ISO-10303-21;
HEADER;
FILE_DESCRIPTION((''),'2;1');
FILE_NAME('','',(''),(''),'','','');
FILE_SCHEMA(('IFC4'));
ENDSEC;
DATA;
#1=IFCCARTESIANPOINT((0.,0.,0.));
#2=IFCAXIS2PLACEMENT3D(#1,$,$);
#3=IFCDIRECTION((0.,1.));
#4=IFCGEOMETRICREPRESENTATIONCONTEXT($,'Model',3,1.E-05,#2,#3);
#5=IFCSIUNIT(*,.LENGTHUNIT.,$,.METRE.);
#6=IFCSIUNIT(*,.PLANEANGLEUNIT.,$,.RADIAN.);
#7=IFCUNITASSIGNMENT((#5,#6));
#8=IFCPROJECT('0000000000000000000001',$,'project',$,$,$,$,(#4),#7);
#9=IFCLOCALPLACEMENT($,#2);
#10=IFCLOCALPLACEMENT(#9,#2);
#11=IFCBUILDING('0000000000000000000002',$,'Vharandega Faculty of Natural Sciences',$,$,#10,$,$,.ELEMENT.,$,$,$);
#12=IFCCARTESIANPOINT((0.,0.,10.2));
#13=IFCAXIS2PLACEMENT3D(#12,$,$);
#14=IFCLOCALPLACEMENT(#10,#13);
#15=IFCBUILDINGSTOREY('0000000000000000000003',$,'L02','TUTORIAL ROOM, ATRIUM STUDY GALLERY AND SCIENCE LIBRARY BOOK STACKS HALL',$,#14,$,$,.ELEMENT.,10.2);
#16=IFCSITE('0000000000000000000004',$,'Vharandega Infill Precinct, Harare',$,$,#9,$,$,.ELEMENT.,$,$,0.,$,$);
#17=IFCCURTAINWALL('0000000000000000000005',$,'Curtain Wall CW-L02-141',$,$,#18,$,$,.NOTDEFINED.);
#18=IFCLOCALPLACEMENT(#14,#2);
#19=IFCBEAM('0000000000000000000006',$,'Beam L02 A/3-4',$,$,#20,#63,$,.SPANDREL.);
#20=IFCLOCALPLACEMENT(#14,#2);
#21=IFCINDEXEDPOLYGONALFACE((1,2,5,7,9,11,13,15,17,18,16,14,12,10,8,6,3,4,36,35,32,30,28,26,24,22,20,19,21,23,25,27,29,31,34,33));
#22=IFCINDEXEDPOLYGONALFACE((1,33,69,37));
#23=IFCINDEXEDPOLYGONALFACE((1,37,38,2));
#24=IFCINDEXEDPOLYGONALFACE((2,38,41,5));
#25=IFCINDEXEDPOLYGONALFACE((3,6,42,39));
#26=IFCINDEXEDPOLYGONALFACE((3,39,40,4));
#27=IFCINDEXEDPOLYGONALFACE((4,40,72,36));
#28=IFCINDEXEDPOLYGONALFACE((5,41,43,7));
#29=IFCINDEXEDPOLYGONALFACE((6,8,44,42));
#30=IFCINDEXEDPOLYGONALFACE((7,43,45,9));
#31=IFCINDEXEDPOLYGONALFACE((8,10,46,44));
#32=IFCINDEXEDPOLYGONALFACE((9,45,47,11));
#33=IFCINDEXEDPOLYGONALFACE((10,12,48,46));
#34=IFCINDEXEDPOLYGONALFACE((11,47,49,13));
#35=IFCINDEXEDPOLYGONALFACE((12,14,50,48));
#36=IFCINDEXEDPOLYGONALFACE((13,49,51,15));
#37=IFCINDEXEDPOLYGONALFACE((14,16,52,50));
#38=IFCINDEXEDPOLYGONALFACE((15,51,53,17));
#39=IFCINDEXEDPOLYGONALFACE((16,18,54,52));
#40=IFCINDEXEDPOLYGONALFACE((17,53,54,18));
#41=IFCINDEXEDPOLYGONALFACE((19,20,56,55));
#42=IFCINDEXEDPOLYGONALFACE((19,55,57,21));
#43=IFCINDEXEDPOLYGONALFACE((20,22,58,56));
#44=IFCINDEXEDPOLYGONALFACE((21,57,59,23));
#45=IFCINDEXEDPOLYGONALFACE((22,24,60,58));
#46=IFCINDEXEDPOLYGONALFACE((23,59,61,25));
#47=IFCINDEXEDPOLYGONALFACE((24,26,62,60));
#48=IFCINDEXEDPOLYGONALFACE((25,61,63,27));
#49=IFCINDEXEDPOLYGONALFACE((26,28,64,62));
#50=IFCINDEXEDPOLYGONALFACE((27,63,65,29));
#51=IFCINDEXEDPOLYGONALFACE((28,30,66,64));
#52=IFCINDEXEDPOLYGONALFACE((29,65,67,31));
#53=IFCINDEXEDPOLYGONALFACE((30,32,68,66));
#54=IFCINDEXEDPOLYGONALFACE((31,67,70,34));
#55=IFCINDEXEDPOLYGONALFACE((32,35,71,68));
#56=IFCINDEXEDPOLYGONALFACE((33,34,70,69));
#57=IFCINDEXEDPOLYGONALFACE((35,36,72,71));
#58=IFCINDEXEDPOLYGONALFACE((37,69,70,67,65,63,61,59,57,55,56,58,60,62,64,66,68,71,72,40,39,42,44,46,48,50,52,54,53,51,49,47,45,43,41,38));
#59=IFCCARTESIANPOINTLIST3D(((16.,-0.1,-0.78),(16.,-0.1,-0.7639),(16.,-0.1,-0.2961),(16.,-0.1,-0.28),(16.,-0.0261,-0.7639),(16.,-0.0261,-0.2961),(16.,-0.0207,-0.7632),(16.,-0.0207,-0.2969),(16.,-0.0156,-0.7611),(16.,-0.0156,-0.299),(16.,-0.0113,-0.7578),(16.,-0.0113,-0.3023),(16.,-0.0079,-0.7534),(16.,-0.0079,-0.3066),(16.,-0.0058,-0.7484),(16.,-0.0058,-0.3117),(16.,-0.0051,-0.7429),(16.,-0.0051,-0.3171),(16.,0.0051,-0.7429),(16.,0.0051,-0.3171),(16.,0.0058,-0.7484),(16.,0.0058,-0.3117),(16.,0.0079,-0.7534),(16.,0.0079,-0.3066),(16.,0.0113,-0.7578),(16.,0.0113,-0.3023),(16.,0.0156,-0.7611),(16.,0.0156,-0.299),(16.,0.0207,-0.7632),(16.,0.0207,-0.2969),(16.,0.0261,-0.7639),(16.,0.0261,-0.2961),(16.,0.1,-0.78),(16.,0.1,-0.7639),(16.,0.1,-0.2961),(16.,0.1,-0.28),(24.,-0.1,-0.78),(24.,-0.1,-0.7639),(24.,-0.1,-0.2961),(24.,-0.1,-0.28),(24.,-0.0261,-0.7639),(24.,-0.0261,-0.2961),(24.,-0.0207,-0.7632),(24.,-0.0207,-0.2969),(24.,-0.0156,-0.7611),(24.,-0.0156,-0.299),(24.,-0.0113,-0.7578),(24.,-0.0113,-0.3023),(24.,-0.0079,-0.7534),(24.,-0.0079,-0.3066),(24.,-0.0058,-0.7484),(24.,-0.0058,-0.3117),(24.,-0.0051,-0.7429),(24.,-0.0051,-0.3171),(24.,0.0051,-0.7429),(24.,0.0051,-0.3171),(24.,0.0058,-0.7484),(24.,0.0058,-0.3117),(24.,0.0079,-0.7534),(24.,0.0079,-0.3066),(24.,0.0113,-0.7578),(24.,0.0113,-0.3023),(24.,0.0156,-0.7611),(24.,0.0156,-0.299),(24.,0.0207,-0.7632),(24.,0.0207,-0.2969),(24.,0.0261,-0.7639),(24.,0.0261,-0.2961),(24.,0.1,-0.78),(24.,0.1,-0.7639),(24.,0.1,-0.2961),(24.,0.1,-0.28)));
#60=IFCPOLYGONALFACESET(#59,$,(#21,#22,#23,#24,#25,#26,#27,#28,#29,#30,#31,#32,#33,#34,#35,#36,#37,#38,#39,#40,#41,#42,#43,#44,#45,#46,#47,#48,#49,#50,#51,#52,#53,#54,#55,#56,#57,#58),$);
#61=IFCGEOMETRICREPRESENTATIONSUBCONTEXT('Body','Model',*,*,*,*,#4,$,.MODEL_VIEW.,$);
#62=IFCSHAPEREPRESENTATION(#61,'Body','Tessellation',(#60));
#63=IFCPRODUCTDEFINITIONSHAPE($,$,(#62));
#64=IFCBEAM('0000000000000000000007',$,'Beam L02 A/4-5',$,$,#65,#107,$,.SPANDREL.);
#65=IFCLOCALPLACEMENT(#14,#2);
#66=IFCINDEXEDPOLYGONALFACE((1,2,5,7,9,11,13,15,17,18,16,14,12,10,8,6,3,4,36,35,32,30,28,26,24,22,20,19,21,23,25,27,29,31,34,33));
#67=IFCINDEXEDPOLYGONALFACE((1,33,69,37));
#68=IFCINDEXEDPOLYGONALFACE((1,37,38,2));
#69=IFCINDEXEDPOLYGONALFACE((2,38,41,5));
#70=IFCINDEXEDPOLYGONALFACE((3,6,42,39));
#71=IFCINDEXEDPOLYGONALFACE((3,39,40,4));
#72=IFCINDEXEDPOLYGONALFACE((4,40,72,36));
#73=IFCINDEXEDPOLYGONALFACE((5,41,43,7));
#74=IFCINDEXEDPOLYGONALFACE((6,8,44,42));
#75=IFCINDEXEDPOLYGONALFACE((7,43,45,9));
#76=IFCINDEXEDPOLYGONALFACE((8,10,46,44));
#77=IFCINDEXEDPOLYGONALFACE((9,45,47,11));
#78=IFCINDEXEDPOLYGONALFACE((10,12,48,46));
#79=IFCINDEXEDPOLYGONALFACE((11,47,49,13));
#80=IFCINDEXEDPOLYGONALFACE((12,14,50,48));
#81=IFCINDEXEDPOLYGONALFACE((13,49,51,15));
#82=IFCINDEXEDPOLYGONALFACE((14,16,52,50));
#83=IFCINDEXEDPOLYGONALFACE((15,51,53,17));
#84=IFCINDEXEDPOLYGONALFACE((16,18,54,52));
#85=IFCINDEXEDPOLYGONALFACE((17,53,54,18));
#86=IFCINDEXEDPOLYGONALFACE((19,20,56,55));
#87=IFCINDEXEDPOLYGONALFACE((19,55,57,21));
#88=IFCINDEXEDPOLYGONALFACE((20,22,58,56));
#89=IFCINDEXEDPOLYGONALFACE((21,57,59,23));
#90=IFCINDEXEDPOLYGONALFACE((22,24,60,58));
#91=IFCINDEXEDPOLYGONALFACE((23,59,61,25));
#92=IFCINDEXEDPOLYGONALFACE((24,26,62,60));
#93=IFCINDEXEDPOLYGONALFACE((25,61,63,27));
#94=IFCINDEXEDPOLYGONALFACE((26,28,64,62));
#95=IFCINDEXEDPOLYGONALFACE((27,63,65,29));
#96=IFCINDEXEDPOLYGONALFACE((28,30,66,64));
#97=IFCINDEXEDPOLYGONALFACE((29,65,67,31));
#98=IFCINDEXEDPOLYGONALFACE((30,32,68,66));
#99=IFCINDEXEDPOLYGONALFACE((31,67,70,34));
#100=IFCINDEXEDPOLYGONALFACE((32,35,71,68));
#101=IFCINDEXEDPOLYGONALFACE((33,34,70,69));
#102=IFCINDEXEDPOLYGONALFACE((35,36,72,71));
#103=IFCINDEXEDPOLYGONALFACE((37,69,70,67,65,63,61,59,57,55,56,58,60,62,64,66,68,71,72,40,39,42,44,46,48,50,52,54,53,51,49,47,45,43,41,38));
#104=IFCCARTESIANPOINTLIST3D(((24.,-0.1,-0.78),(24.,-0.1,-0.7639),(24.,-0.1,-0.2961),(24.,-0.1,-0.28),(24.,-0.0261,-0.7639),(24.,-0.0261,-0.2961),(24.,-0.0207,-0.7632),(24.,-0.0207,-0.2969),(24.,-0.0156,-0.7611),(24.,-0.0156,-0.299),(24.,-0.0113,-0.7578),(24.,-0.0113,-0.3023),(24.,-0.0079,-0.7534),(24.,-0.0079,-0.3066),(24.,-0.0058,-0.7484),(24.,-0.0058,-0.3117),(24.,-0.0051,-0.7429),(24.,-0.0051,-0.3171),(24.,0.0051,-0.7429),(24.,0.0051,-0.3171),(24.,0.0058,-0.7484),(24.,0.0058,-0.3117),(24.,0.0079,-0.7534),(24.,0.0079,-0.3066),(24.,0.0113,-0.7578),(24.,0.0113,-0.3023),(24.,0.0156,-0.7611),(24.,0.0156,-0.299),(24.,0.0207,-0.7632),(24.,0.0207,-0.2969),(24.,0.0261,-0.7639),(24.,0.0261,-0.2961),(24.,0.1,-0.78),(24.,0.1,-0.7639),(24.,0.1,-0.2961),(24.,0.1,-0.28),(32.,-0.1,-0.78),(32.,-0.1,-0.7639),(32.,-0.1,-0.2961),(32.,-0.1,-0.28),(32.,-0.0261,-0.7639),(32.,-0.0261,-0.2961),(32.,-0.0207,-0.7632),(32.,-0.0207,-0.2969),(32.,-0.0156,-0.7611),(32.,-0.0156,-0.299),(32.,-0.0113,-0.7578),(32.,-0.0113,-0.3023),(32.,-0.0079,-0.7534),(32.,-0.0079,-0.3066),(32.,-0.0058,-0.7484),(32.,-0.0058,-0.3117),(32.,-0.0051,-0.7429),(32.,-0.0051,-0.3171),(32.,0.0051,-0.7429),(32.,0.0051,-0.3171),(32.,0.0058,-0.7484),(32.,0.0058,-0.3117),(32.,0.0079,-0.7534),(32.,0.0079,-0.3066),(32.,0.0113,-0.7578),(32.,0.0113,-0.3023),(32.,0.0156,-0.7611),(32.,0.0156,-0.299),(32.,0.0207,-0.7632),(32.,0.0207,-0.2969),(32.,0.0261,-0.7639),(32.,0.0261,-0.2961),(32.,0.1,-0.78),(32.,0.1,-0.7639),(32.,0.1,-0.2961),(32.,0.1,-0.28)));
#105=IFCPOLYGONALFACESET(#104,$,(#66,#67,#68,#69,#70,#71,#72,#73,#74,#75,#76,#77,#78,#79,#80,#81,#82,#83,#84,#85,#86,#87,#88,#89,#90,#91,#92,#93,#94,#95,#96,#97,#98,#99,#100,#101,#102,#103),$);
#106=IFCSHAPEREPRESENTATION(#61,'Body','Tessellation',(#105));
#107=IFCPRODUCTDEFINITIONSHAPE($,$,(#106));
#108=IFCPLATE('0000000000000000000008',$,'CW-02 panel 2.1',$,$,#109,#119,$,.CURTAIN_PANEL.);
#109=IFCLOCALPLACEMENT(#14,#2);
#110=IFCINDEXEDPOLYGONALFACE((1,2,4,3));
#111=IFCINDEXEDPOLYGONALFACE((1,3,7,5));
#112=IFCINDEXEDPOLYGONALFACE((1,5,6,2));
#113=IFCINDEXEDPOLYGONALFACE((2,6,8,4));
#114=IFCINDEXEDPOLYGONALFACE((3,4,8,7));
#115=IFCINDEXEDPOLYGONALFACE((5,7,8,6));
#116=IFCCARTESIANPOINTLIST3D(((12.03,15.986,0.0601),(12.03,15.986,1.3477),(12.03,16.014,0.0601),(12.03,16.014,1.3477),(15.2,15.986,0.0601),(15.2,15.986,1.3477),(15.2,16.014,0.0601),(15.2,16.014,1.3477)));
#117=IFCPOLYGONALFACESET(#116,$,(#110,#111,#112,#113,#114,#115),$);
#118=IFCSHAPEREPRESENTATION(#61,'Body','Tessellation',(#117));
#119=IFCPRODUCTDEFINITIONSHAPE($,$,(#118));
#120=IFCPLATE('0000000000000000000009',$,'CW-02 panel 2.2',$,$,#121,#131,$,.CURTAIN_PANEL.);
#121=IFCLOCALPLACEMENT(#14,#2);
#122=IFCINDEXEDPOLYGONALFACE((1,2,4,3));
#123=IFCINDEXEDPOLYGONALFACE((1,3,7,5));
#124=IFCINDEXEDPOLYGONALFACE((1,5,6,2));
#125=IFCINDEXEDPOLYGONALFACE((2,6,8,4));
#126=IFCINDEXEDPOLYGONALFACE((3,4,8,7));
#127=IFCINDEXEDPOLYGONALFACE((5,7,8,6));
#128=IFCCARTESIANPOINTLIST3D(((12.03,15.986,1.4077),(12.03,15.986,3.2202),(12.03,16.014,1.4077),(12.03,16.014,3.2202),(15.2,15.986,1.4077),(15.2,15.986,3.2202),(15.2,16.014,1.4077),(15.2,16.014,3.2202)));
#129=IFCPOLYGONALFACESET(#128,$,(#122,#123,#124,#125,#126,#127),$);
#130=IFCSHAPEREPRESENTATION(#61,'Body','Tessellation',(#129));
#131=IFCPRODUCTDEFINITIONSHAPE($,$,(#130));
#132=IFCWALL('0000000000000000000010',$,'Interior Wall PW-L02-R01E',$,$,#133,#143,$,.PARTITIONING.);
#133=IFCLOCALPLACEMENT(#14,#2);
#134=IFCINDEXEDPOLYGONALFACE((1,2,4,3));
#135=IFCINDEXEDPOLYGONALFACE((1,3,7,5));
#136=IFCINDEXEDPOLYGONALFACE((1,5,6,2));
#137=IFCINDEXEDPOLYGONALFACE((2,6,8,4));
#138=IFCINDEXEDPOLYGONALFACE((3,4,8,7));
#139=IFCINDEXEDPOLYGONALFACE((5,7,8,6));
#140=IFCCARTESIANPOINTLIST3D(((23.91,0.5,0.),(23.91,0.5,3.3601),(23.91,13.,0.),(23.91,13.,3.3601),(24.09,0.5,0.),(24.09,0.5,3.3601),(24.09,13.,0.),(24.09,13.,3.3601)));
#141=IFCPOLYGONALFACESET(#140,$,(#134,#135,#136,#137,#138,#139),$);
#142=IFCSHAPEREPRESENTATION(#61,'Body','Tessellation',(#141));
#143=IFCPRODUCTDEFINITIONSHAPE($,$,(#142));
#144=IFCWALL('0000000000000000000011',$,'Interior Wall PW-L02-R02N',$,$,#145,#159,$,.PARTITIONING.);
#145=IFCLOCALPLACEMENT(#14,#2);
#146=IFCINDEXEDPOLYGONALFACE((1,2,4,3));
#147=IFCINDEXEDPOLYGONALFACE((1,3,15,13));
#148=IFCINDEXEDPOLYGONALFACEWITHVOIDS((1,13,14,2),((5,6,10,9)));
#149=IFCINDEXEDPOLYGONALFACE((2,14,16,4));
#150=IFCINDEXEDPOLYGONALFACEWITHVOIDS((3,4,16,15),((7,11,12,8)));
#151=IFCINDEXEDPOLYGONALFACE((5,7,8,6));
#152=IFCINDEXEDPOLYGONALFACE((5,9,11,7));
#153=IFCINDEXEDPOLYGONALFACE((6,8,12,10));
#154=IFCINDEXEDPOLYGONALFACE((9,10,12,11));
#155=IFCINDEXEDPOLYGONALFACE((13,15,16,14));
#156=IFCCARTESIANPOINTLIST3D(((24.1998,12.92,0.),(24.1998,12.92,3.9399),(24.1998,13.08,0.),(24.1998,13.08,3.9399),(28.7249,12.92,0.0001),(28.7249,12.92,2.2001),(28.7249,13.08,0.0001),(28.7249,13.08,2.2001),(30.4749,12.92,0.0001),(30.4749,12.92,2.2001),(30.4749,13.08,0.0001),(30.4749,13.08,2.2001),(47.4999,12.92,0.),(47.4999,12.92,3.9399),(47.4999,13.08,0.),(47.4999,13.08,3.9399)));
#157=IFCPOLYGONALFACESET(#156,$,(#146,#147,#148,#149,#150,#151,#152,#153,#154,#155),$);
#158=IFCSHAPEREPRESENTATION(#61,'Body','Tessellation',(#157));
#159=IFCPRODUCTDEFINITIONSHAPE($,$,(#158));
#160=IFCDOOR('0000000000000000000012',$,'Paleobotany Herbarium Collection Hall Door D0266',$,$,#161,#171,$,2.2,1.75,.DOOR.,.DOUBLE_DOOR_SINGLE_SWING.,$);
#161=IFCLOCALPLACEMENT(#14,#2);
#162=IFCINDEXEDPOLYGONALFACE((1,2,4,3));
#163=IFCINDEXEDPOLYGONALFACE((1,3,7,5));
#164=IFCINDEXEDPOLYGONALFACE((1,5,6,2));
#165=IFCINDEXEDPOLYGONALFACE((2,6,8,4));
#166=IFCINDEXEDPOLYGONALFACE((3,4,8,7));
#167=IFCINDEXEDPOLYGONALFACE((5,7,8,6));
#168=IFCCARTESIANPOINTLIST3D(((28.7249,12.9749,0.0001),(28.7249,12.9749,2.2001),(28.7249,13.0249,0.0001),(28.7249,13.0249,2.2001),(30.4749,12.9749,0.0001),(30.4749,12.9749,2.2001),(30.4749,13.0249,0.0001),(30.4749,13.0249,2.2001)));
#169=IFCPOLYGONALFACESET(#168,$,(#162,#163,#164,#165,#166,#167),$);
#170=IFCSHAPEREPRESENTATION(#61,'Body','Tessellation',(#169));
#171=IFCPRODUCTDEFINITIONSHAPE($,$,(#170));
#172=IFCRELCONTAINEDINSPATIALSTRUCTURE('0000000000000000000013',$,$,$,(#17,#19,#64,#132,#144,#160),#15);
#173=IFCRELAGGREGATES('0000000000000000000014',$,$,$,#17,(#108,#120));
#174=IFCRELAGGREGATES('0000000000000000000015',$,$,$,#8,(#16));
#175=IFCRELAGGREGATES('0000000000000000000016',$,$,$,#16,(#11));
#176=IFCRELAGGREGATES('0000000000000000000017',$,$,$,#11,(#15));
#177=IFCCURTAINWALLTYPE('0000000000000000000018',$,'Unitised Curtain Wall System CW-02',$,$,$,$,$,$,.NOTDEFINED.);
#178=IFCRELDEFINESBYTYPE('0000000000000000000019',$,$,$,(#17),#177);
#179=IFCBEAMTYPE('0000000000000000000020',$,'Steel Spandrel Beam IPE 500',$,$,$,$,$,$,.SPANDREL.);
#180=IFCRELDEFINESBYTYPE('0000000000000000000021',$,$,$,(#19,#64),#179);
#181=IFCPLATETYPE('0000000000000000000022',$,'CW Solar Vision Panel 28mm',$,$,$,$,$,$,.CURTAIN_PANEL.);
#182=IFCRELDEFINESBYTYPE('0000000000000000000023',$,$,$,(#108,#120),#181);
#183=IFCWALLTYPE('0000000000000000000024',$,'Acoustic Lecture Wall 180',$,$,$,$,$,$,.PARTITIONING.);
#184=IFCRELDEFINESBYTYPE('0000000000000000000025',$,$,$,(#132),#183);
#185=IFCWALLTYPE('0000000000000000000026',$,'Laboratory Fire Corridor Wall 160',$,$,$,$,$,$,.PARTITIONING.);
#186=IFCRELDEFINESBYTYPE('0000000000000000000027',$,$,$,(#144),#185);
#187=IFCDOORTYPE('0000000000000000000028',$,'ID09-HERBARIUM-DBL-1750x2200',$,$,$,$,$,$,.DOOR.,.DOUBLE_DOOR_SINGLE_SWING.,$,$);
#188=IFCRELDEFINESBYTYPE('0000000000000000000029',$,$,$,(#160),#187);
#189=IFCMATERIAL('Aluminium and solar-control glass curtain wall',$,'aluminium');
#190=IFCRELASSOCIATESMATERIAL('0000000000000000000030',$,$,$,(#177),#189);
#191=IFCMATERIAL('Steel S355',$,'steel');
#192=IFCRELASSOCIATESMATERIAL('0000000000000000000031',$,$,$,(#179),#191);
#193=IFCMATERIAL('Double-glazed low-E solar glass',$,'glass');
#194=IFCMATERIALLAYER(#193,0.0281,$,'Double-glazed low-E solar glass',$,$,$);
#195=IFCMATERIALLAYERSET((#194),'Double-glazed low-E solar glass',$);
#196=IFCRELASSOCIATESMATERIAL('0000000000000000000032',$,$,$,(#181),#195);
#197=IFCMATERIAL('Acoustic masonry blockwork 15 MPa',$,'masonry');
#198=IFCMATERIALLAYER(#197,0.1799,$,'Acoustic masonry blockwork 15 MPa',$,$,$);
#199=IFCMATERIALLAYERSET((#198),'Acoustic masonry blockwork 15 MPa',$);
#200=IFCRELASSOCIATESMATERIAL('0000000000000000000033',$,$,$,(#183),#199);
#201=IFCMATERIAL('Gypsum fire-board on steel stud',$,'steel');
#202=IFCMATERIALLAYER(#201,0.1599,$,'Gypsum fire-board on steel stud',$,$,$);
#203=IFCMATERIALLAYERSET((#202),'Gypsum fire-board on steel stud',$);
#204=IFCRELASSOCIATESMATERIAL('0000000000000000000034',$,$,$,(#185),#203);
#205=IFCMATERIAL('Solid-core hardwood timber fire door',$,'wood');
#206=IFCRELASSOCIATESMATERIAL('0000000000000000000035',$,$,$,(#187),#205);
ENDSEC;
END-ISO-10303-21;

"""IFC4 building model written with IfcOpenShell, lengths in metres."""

from ifc_helpers import new_model, si_unit, direction, frame, frame_2d, origin, origin_2d, place, context, subcontext, project, spatial, rectangle, i_section, extrude, material, layer, layer_set, material_profile, profile_set, type_object, element, fill, aggregate, save


model = new_model("IFC4")

# Units and contexts
model_context = context("Model", 3, precision=1e-05, world=origin(), true_north=direction((0.0, 1.0)))
body_context = subcontext(model_context, "Body", "Model", "MODEL_VIEW")
ifc_project = project(units=[si_unit("LENGTHUNIT", "METRE"), si_unit("PLANEANGLEUNIT", "RADIAN")], contexts=[model_context])

# Site, building, storey
site_placement = place(None, origin())
site = spatial("IfcSite", under=ifc_project, at=site_placement, Name="Vharandega Infill Precinct, Harare", CompositionType="ELEMENT", RefElevation=0.0)
building_placement = place(site_placement, origin())
building = spatial("IfcBuilding", under=site, at=building_placement, Name="Vharandega Faculty of Natural Sciences", CompositionType="ELEMENT")
storey_placement = place(building_placement, frame((0.0, 0.0, 10.2)))
storey = spatial("IfcBuildingStorey", under=building, at=storey_placement, Name="L02", Description="TUTORIAL ROOM, ATRIUM STUDY GALLERY AND SCIENCE LIBRARY BOOK STACKS HALL", CompositionType="ELEMENT", Elevation=10.2)

# Curtain wall
ifc_material_1 = material(Name="Aluminium and solar-control glass curtain wall", Category="aluminium")
curtain_wall_type = type_object("IfcCurtainWallType", Name="Unitised Curtain Wall System CW-02", PredefinedType="NOTDEFINED", material=ifc_material_1)
curtain_wall_placement = place(storey_placement, origin())
curtain_wall = element("IfcCurtainWall", 1, at=curtain_wall_placement, inside=storey, type_object=curtain_wall_type, Name="Curtain Wall CW-L02-141", PredefinedType="NOTDEFINED")

# Beams
ifc_material_2 = material(Name="Steel S355", Category="steel")
ifc_material_profile_1 = material_profile(ifc_material_2, i_section(OverallWidth=0.2, OverallDepth=0.5, WebThickness=0.0103, FlangeThickness=0.0161, FilletRadius=0.021, at=origin_2d()), Name="IPE 500")
ifc_profile_set_1 = profile_set([ifc_material_profile_1], Name="Steel S355")
beam_type_1 = type_object("IfcBeamType", Name="Steel Spandrel Beam IPE 500", PredefinedType="SPANDREL", material=ifc_profile_set_1)
for number, where, z_axis, x_axis, name in (
    (2, (16.0, 0.0, -0.53), (1.0, 0.0, 0.0), (0.0, 1.0, 0.0), "Beam L02 A/3-4"),
    (3, (24.0, 0.0, -0.53), (1.0, 0.0, 0.0), (0.0, 1.0, 0.0), "Beam L02 A/4-5"),
):
    element("IfcBeam", number, at=place(storey_placement, frame(where, z_axis=z_axis, x_axis=x_axis)), inside=storey, type_object=beam_type_1, Name=name, PredefinedType="SPANDREL", context=body_context, shape_type="SweptSolid", body=[
        extrude(i_section(OverallWidth=0.2, OverallDepth=0.5, WebThickness=0.0103, FlangeThickness=0.0161, FilletRadius=0.021, at=origin_2d()), origin(), (0.0, 0.0, 1.0), 8.0),
    ])

# Plates
ifc_material_3 = material(Name="Double-glazed low-E solar glass", Category="glass")
ifc_layer_1 = layer(ifc_material_3, 0.0281, Name="Double-glazed low-E solar glass")
ifc_layer_set_1 = layer_set([ifc_layer_1], Name="Double-glazed low-E solar glass")
plate_type = type_object("IfcPlateType", Name="CW Solar Vision Panel 28mm", PredefinedType="CURTAIN_PANEL", material=ifc_layer_set_1)
plate_1_placement = place(storey_placement, frame((13.615, 16.0, 0.0601), z_axis=(0.0, 0.0, 1.0), x_axis=(1.0, 0.0, 0.0)))
plate_1 = element("IfcPlate", 4, at=plate_1_placement, type_object=plate_type, Name="CW-02 panel 2.1", PredefinedType="CURTAIN_PANEL", context=body_context, shape_type="SweptSolid", body=[
    extrude(rectangle(XDim=3.1699, YDim=0.0281, at=origin_2d()), origin(), (0.0, 0.0, 1.0), 1.2876),
])
plate_2_placement = place(storey_placement, frame((13.615, 16.0, 1.4077), z_axis=(0.0, 0.0, 1.0), x_axis=(1.0, 0.0, 0.0)))
plate_2 = element("IfcPlate", 5, at=plate_2_placement, type_object=plate_type, Name="CW-02 panel 2.2", PredefinedType="CURTAIN_PANEL", context=body_context, shape_type="SweptSolid", body=[
    extrude(rectangle(XDim=3.1699, YDim=0.0281, at=origin_2d()), origin(), (0.0, 0.0, 1.0), 1.8125),
])
aggregate(curtain_wall, [plate_1, plate_2])

# Wall
ifc_material_4 = material(Name="Acoustic masonry blockwork 15 MPa", Category="masonry")
ifc_layer_2 = layer(ifc_material_4, 0.1799, Name="Acoustic masonry blockwork 15 MPa")
ifc_layer_set_2 = layer_set([ifc_layer_2], Name="Acoustic masonry blockwork 15 MPa")
wall_type_1 = type_object("IfcWallType", Name="Acoustic Lecture Wall 180", PredefinedType="PARTITIONING", material=ifc_layer_set_2)
wall_1_placement = place(storey_placement, frame((24.0, 0.5, 0.0), z_axis=(0.0, 0.0, 1.0), x_axis=(0.0, 1.0, 0.0)))
element("IfcWall", 6, at=wall_1_placement, inside=storey, type_object=wall_type_1, Name="Interior Wall PW-L02-R01E", PredefinedType="PARTITIONING", context=body_context, shape_type="SweptSolid", body=[
    extrude(rectangle(XDim=12.5, YDim=0.1799, at=frame_2d((6.25, 0.0))), origin(), (0.0, 0.0, 1.0), 3.3601),
])

# Wall, opening, door
ifc_material_5 = material(Name="Gypsum fire-board on steel stud", Category="steel")
ifc_layer_3 = layer(ifc_material_5, 0.1599, Name="Gypsum fire-board on steel stud")
ifc_layer_set_3 = layer_set([ifc_layer_3], Name="Gypsum fire-board on steel stud")
wall_type_2 = type_object("IfcWallType", Name="Laboratory Fire Corridor Wall 160", PredefinedType="PARTITIONING", material=ifc_layer_set_3)
wall_2_placement = place(storey_placement, frame((24.2, 13.0, 0.0), z_axis=(0.0, 0.0, 1.0), x_axis=(1.0, 0.0, 0.0)))
wall_2 = element("IfcWall", 7, at=wall_2_placement, inside=storey, type_object=wall_type_2, Name="Interior Wall PW-L02-R02N", PredefinedType="PARTITIONING", context=body_context, shape_type="SweptSolid", body=[
    extrude(rectangle(XDim=23.3, YDim=0.1599, at=frame_2d((11.6499, 0.0))), origin(), (0.0, 0.0, 1.0), 3.9399),
])
opening_1_placement = place(wall_2_placement, frame((4.5249, 0.0, 0.0)))
opening_1 = element("IfcOpeningElement", 8, at=opening_1_placement, cuts=wall_2, PredefinedType="OPENING", context=body_context, shape_type="SweptSolid", body=[
    extrude(rectangle(XDim=1.75, YDim=2.2, at=frame_2d((0.875, 1.1001))), frame((0.0, 0.0898, 0.0), z_axis=(0.0, -1.0, 0.0), x_axis=(1.0, 0.0, 0.0)), (0.0, 0.0, 1.0), 0.1799),
])
ifc_material_6 = material(Name="Solid-core hardwood timber fire door", Category="wood")
door_type = type_object("IfcDoorType", Name="ID09-HERBARIUM-DBL-1750x2200", OperationType="DOUBLE_DOOR_SINGLE_SWING", PredefinedType="DOOR", material=ifc_material_6)
door_placement = place(opening_1_placement, origin())
door = element("IfcDoor", 9, at=door_placement, inside=storey, type_object=door_type, Name="Paleobotany Herbarium Collection Hall Door D0266", OperationType="DOUBLE_DOOR_SINGLE_SWING", OverallHeight=2.2, OverallWidth=1.75, PredefinedType="DOOR", context=body_context, shape_type="SweptSolid", body=[
    extrude(rectangle(XDim=1.75, YDim=2.2, at=frame_2d((0.875, 1.1001))), frame((0.0, 0.0249, 0.0), z_axis=(0.0, -1.0, 0.0), x_axis=(1.0, 0.0, 0.0)), (0.0, 0.0, 1.0), 0.05),
])
fill(opening_1, door)

save(model, "model.ifc")
